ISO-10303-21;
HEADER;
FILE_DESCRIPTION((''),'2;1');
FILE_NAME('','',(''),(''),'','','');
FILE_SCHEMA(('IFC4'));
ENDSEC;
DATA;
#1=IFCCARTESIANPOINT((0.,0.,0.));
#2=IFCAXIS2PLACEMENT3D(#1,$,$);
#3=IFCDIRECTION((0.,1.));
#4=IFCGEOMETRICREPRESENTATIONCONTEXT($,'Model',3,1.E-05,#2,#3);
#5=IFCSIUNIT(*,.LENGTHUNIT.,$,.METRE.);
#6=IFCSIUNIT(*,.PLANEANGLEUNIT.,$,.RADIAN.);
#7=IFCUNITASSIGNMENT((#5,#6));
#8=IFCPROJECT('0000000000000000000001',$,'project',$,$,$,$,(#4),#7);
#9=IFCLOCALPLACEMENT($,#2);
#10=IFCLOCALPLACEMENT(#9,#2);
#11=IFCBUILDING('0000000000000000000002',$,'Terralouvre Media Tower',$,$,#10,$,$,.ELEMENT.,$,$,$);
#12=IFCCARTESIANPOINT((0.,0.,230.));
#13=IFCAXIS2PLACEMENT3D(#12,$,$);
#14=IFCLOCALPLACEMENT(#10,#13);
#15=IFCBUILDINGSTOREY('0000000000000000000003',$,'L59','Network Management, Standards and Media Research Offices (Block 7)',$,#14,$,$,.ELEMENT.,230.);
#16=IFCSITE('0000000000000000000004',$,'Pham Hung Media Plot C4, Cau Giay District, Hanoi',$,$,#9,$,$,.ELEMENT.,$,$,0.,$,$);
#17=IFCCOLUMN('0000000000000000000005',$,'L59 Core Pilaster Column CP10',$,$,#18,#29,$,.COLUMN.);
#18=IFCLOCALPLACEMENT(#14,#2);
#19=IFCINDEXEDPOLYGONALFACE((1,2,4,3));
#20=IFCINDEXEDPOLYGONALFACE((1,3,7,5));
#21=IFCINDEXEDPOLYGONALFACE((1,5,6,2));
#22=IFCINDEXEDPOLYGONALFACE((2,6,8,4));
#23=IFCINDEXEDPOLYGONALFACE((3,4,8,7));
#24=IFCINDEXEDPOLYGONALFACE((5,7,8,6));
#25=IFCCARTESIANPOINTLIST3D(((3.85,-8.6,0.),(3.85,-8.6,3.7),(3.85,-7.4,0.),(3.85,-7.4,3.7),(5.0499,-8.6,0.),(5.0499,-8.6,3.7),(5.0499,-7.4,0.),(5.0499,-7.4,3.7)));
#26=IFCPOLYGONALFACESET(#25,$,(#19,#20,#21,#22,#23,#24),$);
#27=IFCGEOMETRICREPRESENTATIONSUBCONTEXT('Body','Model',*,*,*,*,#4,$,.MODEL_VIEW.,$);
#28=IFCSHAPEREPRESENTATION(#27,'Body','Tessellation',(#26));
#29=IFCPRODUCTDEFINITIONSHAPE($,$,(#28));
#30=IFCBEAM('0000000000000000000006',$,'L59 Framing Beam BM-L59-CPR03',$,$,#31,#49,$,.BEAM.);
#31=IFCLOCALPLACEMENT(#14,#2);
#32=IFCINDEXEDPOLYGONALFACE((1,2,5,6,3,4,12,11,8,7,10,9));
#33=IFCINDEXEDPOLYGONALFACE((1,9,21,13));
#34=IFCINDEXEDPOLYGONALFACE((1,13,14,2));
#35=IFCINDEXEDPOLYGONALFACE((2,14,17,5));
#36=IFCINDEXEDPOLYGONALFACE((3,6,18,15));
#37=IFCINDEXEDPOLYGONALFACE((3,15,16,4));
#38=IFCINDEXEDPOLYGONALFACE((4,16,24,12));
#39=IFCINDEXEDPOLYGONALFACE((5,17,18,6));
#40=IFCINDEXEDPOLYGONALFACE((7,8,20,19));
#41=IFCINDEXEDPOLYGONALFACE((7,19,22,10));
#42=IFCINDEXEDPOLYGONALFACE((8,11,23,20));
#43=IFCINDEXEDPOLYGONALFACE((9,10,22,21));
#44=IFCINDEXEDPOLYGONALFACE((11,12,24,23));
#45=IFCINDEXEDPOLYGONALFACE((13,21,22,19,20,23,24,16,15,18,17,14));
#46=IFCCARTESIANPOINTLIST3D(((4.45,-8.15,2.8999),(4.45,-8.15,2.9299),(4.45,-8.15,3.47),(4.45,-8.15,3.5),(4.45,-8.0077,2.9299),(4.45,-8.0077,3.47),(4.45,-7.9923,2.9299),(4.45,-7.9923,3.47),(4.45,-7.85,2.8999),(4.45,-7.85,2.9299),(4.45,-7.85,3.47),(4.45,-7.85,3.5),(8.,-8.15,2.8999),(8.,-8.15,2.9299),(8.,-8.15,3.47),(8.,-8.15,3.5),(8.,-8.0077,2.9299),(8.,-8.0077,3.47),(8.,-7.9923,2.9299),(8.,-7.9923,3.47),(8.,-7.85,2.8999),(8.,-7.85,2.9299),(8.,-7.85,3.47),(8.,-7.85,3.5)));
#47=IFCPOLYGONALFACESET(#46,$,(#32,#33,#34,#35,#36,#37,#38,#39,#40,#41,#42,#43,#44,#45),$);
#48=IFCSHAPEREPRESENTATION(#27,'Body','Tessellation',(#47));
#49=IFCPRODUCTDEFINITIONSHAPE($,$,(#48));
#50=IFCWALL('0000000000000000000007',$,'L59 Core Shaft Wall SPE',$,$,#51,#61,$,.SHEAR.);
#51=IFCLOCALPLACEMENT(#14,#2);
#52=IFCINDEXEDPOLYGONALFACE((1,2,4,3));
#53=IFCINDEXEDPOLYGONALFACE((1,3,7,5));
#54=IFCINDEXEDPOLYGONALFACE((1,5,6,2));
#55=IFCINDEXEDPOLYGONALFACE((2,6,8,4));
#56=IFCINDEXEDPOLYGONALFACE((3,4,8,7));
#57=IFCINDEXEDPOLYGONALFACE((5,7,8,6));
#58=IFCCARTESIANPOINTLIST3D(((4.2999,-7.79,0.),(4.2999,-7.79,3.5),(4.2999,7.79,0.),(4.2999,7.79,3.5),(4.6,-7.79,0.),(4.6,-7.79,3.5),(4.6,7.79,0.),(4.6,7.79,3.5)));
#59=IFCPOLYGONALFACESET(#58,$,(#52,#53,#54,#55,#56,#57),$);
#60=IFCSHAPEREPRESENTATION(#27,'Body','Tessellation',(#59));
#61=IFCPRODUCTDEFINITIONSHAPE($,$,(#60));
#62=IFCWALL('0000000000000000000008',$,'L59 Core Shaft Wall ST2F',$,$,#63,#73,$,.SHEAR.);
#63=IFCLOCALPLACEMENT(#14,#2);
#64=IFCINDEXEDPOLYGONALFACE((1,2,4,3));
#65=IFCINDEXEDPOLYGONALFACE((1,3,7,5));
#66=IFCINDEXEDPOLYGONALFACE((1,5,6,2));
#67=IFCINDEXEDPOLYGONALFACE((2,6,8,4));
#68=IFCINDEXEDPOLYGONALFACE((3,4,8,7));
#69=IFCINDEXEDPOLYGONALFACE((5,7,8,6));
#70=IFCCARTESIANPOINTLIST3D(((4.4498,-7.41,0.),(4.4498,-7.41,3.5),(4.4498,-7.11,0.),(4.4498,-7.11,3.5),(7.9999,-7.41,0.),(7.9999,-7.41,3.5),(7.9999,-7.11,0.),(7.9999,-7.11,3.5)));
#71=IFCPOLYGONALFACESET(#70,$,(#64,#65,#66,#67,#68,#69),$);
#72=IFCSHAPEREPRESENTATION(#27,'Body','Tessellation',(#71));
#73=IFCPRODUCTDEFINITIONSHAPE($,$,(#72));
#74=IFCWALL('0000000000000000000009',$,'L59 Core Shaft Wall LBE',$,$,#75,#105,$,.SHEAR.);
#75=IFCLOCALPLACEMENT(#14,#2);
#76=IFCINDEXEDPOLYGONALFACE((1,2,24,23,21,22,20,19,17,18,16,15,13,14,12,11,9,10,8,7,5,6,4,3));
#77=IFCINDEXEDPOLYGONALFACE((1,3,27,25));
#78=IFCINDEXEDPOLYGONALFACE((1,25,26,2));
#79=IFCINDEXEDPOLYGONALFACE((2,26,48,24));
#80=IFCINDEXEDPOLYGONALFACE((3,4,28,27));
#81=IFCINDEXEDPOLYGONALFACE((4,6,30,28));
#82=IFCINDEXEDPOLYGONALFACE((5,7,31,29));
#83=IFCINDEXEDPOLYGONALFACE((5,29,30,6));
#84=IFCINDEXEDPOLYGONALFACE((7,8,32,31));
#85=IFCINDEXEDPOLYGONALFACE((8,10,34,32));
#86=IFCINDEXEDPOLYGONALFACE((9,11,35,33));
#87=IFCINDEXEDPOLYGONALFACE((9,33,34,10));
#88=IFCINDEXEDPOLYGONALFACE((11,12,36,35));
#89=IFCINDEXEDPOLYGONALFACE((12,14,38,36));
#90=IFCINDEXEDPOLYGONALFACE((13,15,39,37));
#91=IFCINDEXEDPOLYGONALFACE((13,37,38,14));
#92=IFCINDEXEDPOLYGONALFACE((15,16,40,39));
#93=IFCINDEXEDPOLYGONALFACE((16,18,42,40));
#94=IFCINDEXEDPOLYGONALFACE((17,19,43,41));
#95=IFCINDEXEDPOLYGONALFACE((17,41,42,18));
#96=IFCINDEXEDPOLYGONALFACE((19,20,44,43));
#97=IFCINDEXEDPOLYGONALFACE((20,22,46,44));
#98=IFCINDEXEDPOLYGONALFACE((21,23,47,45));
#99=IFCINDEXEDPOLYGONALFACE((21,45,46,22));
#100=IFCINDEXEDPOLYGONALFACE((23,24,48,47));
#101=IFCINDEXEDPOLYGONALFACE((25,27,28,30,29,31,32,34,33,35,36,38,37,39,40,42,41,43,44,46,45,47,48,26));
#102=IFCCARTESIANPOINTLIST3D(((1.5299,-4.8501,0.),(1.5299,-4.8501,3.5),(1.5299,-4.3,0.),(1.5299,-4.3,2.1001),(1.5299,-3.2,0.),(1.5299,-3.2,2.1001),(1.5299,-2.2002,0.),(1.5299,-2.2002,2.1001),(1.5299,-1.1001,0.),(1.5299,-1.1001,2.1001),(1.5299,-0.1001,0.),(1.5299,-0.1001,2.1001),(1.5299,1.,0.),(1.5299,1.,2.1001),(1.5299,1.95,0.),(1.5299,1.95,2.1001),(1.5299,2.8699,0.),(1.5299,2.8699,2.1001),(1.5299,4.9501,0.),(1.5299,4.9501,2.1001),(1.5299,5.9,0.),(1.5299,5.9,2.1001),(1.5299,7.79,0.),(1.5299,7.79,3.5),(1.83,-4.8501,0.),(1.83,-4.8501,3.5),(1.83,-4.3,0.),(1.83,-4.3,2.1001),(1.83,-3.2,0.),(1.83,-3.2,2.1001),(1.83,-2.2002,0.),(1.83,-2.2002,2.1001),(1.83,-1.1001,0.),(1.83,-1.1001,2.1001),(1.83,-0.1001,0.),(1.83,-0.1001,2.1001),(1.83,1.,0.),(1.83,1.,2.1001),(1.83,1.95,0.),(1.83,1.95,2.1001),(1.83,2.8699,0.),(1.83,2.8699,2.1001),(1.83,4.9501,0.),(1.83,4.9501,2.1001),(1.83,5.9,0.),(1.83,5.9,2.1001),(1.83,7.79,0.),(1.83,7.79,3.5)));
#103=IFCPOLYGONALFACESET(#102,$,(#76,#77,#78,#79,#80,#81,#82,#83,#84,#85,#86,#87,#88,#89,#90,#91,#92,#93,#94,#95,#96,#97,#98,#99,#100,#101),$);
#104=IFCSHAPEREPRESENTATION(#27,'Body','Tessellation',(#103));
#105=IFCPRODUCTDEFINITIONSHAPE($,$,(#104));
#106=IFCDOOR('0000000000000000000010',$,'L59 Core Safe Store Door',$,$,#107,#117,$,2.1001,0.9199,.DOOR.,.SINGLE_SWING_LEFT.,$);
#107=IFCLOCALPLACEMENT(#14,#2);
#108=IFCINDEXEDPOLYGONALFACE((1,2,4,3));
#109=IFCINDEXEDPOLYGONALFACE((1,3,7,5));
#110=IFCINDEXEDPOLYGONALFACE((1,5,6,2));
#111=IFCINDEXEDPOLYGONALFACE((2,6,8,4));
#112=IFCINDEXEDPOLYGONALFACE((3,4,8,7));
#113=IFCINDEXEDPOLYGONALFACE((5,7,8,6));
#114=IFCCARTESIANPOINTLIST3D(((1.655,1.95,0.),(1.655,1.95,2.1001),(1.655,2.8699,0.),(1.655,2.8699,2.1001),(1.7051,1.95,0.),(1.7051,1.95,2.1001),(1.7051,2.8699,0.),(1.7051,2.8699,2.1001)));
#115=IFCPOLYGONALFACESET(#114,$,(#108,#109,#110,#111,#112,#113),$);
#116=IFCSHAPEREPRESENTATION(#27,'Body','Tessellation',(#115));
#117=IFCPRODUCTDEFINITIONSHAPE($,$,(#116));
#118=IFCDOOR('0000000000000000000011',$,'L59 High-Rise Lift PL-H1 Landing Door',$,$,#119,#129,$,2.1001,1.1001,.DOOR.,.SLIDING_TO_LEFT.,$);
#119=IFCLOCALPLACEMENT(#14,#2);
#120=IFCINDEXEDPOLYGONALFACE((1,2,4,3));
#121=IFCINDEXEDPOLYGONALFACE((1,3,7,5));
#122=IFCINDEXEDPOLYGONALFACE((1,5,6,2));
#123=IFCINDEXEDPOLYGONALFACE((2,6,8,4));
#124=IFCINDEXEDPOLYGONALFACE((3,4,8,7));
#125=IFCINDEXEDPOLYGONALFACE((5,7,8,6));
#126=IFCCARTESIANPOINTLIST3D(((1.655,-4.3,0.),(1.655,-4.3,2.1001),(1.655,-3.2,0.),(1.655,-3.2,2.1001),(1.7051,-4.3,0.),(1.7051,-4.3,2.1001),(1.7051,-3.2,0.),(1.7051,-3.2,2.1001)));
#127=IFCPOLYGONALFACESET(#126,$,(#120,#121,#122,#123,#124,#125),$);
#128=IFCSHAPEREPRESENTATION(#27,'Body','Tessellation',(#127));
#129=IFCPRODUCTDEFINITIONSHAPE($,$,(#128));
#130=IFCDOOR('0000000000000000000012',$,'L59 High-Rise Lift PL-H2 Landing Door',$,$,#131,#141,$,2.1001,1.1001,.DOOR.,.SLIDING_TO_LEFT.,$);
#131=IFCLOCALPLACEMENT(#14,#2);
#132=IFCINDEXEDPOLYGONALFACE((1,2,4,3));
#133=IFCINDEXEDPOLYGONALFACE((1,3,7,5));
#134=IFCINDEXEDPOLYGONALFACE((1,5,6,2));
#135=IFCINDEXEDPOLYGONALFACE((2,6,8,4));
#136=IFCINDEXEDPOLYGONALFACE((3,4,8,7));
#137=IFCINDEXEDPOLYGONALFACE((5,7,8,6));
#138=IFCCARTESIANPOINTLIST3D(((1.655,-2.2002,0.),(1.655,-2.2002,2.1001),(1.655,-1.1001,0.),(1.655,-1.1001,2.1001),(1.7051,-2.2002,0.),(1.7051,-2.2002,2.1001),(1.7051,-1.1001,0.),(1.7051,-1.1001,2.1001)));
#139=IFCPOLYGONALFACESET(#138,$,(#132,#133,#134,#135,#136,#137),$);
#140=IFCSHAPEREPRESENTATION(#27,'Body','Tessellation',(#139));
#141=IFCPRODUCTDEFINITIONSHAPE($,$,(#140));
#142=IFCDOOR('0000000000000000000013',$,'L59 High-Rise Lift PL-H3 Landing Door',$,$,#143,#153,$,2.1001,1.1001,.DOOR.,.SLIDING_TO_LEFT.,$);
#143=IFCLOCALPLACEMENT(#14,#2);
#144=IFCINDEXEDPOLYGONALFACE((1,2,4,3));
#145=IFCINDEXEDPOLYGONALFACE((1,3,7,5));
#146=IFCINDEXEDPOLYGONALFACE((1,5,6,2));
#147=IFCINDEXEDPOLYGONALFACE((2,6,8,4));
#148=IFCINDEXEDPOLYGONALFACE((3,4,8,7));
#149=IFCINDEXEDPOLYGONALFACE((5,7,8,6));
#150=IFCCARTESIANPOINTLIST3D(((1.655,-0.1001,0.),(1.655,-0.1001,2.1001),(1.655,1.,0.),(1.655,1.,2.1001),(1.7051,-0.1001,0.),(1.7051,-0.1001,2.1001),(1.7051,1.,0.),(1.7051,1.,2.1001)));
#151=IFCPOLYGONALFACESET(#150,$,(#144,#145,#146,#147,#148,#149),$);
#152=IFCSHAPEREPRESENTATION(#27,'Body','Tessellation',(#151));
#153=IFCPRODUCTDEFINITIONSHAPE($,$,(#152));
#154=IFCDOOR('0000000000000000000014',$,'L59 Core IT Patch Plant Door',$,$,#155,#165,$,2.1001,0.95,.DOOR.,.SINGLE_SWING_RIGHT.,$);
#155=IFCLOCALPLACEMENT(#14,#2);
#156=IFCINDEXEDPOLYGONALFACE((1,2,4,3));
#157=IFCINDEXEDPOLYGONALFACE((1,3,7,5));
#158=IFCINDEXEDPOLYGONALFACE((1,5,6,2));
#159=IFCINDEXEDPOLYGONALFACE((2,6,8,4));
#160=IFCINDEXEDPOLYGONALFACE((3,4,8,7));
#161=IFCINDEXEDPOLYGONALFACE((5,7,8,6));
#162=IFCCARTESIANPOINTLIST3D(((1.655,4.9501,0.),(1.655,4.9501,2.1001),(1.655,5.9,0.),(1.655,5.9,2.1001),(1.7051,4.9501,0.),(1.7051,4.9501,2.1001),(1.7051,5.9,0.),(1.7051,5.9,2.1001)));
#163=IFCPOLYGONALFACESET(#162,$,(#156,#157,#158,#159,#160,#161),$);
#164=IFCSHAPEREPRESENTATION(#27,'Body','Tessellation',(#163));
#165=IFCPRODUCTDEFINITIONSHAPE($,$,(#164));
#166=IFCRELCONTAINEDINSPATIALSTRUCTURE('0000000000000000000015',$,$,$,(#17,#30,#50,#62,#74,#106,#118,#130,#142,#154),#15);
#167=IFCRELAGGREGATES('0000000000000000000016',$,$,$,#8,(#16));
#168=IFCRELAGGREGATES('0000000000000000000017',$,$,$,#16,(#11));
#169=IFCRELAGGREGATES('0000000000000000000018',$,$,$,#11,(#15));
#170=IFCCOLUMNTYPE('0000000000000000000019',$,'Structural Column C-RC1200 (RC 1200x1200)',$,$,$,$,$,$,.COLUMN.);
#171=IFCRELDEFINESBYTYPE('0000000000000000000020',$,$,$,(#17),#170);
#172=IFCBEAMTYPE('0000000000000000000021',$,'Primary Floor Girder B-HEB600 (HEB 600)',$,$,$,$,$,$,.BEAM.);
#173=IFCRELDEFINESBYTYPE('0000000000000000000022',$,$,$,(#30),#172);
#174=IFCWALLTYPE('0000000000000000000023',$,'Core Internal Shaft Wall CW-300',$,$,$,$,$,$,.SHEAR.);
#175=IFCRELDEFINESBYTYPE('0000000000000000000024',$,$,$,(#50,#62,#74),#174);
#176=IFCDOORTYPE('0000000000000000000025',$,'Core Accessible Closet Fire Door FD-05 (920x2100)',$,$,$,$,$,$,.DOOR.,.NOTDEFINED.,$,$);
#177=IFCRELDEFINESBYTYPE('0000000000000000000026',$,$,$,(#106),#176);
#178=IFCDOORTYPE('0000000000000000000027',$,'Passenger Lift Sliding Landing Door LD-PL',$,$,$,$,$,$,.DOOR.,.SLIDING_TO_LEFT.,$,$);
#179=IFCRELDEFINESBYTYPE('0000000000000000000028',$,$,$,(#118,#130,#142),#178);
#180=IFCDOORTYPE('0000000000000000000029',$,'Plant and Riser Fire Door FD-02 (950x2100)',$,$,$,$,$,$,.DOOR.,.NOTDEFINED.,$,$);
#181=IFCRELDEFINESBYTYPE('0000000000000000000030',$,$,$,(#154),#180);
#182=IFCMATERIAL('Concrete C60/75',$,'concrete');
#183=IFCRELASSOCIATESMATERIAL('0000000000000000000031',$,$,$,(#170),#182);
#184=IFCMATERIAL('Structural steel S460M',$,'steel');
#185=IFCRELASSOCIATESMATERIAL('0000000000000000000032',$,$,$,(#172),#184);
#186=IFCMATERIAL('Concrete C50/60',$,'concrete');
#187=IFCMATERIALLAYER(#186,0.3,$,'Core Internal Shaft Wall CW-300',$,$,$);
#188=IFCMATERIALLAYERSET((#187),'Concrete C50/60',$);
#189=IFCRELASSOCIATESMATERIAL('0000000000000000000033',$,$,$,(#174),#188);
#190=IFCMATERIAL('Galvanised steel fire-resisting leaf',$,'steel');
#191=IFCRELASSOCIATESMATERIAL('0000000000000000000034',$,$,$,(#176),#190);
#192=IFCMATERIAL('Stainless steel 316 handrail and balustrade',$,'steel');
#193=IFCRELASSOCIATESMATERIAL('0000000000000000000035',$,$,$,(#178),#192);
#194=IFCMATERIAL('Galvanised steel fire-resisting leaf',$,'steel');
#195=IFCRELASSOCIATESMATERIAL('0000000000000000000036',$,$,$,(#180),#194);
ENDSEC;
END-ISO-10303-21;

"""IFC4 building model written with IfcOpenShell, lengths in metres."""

from ifc_helpers import new_model, si_unit, direction, frame, frame_2d, origin, origin_2d, place, context, subcontext, project, spatial, rectangle, i_section, extrude, material, layer, layer_set, material_profile, profile_set, type_object, element, fill, save


model = new_model("IFC4")

# Units and contexts
model_context = context("Model", 3, precision=1e-05, world=origin(), true_north=direction((0.0, 1.0)))
body_context = subcontext(model_context, "Body", "Model", "MODEL_VIEW")
ifc_project = project(units=[si_unit("LENGTHUNIT", "METRE"), si_unit("PLANEANGLEUNIT", "RADIAN")], contexts=[model_context])

# Site, building, storey
site_placement = place(None, origin())
site = spatial("IfcSite", under=ifc_project, at=site_placement, Name="Pham Hung Media Plot C4, Cau Giay District, Hanoi", CompositionType="ELEMENT", RefElevation=0.0)
building_placement = place(site_placement, origin())
building = spatial("IfcBuilding", under=site, at=building_placement, Name="Terralouvre Media Tower", CompositionType="ELEMENT")
storey_placement = place(building_placement, frame((0.0, 0.0, 230.0)))
storey = spatial("IfcBuildingStorey", under=building, at=storey_placement, Name="L59", Description="Network Management, Standards and Media Research Offices (Block 7)", CompositionType="ELEMENT", Elevation=230.0)

# Column
ifc_material_1 = material(Name="Concrete C60/75", Category="concrete")
ifc_material_profile_1 = material_profile(ifc_material_1, rectangle(XDim=1.2, YDim=1.2, at=origin_2d()), Name="RC 1200x1200")
ifc_profile_set_1 = profile_set([ifc_material_profile_1], Name="Concrete C60/75")
column_type = type_object("IfcColumnType", Name="Structural Column C-RC1200 (RC 1200x1200)", PredefinedType="COLUMN", material=ifc_profile_set_1)
column_placement = place(storey_placement, frame((4.45, -8.0, 0.0), z_axis=(0.0, 0.0, 1.0), x_axis=(1.0, 0.0, 0.0)))
element("IfcColumn", 1, at=column_placement, inside=storey, type_object=column_type, Name="L59 Core Pilaster Column CP10", PredefinedType="COLUMN", context=body_context, shape_type="SweptSolid", body=[
    extrude(rectangle(XDim=1.2, YDim=1.2, at=origin_2d()), origin(), (0.0, 0.0, 1.0), 3.7),
])

# Beam
ifc_material_2 = material(Name="Structural steel S460M", Category="steel")
ifc_material_profile_2 = material_profile(ifc_material_2, i_section(OverallWidth=0.3, OverallDepth=0.6001, WebThickness=0.0154, FlangeThickness=0.03, at=origin_2d()), Name="HEB 600")
ifc_profile_set_2 = profile_set([ifc_material_profile_2], Name="Structural steel S460M")
beam_type = type_object("IfcBeamType", Name="Primary Floor Girder B-HEB600 (HEB 600)", PredefinedType="BEAM", material=ifc_profile_set_2)
beam_placement = place(storey_placement, frame((4.45, -8.0, 3.2), z_axis=(1.0, 0.0, 0.0), x_axis=(0.0, 1.0, 0.0)))
element("IfcBeam", 2, at=beam_placement, inside=storey, type_object=beam_type, Name="L59 Framing Beam BM-L59-CPR03", PredefinedType="BEAM", context=body_context, shape_type="SweptSolid", body=[
    extrude(i_section(OverallWidth=0.3, OverallDepth=0.6001, WebThickness=0.0154, FlangeThickness=0.03, at=origin_2d()), origin(), (0.0, 0.0, 1.0), 3.55),
])

# Wall
ifc_material_3 = material(Name="Concrete C50/60", Category="concrete")
ifc_layer_1 = layer(ifc_material_3, 0.3, Name="Core Internal Shaft Wall CW-300")
ifc_layer_set_1 = layer_set([ifc_layer_1], Name="Concrete C50/60")
wall_type = type_object("IfcWallType", Name="Core Internal Shaft Wall CW-300", PredefinedType="SHEAR", material=ifc_layer_set_1)
wall_1_placement = place(storey_placement, frame((4.45, -7.79, 0.0), z_axis=(0.0, 0.0, 1.0), x_axis=(0.0, 1.0, 0.0)))
element("IfcWall", 3, at=wall_1_placement, inside=storey, type_object=wall_type, Name="L59 Core Shaft Wall SPE", PredefinedType="SHEAR", context=body_context, shape_type="SweptSolid", body=[
    extrude(rectangle(XDim=15.5801, YDim=0.3, at=frame_2d((7.79, 0.0))), origin(), (0.0, 0.0, 1.0), 3.5),
])

# Wall
wall_2_placement = place(storey_placement, frame((4.45, -7.26, 0.0), z_axis=(0.0, 0.0, 1.0), x_axis=(1.0, 0.0, 0.0)))
element("IfcWall", 4, at=wall_2_placement, inside=storey, type_object=wall_type, Name="L59 Core Shaft Wall ST2F", PredefinedType="SHEAR", context=body_context, shape_type="SweptSolid", body=[
    extrude(rectangle(XDim=3.55, YDim=0.3, at=frame_2d((1.7749, 0.0))), origin(), (0.0, 0.0, 1.0), 3.5),
])

# Wall, openings, doors
wall_3_placement = place(storey_placement, frame((1.6799, -4.8501, 0.0), z_axis=(0.0, 0.0, 1.0), x_axis=(0.0, 1.0, 0.0)))
wall_3 = element("IfcWall", 5, at=wall_3_placement, inside=storey, type_object=wall_type, Name="L59 Core Shaft Wall LBE", PredefinedType="SHEAR", context=body_context, shape_type="SweptSolid", body=[
    extrude(rectangle(XDim=12.6401, YDim=0.3, at=frame_2d((6.3201, 0.0))), origin(), (0.0, 0.0, 1.0), 3.5),
])
opening_1_placement = place(wall_3_placement, frame((0.55, 0.0, 0.0)))
opening_1 = element("IfcOpeningElement", 6, at=opening_1_placement, cuts=wall_3, PredefinedType="OPENING", context=body_context, shape_type="SweptSolid", body=[
    extrude(rectangle(XDim=1.1001, YDim=2.1001, at=frame_2d((0.55, 1.05))), frame((0.0, 0.1599, 0.0), z_axis=(0.0, -1.0, 0.0), x_axis=(1.0, 0.0, 0.0)), (0.0, 0.0, 1.0), 0.3201),
])
opening_2_placement = place(wall_3_placement, frame((2.6499, 0.0, 0.0)))
opening_2 = element("IfcOpeningElement", 7, at=opening_2_placement, cuts=wall_3, PredefinedType="OPENING", context=body_context, shape_type="SweptSolid", body=[
    extrude(rectangle(XDim=1.1001, YDim=2.1001, at=frame_2d((0.55, 1.05))), frame((0.0, 0.1599, 0.0), z_axis=(0.0, -1.0, 0.0), x_axis=(1.0, 0.0, 0.0)), (0.0, 0.0, 1.0), 0.3201),
])
opening_3_placement = place(wall_3_placement, frame((4.75, 0.0, 0.0)))
opening_3 = element("IfcOpeningElement", 8, at=opening_3_placement, cuts=wall_3, PredefinedType="OPENING", context=body_context, shape_type="SweptSolid", body=[
    extrude(rectangle(XDim=1.1001, YDim=2.1001, at=frame_2d((0.55, 1.05))), frame((0.0, 0.1599, 0.0), z_axis=(0.0, -1.0, 0.0), x_axis=(1.0, 0.0, 0.0)), (0.0, 0.0, 1.0), 0.3201),
])
opening_4_placement = place(wall_3_placement, frame((6.8, 0.0, 0.0)))
opening_4 = element("IfcOpeningElement", 9, at=opening_4_placement, cuts=wall_3, PredefinedType="OPENING", context=body_context, shape_type="SweptSolid", body=[
    extrude(rectangle(XDim=0.9199, YDim=2.1001, at=frame_2d((0.46, 1.05))), frame((0.0, 0.1599, 0.0), z_axis=(0.0, -1.0, 0.0), x_axis=(1.0, 0.0, 0.0)), (0.0, 0.0, 1.0), 0.3201),
])
opening_5_placement = place(wall_3_placement, frame((9.8, 0.0, 0.0)))
opening_5 = element("IfcOpeningElement", 10, at=opening_5_placement, cuts=wall_3, PredefinedType="OPENING", context=body_context, shape_type="SweptSolid", body=[
    extrude(rectangle(XDim=0.95, YDim=2.1001, at=frame_2d((0.4751, 1.05))), frame((0.0, 0.1599, 0.0), z_axis=(0.0, -1.0, 0.0), x_axis=(1.0, 0.0, 0.0)), (0.0, 0.0, 1.0), 0.3201),
])
ifc_material_4 = material(Name="Galvanised steel fire-resisting leaf", Category="steel")
door_type_1 = type_object("IfcDoorType", Name="Core Accessible Closet Fire Door FD-05 (920x2100)", OperationType="NOTDEFINED", PredefinedType="DOOR", material=ifc_material_4)
door_1_placement = place(opening_4_placement, origin())
door_1 = element("IfcDoor", 11, at=door_1_placement, inside=storey, type_object=door_type_1, Name="L59 Core Safe Store Door", OperationType="SINGLE_SWING_LEFT", OverallHeight=2.1001, OverallWidth=0.9199, PredefinedType="DOOR", context=body_context, shape_type="SweptSolid", body=[
    extrude(rectangle(XDim=0.9199, YDim=2.1001, at=frame_2d((0.46, 1.05))), frame((0.0, 0.0249, 0.0), z_axis=(0.0, -1.0, 0.0), x_axis=(1.0, 0.0, 0.0)), (0.0, 0.0, 1.0), 0.05),
])
fill(opening_4, door_1)
ifc_material_5 = material(Name="Stainless steel 316 handrail and balustrade", Category="steel")
door_type_2 = type_object("IfcDoorType", Name="Passenger Lift Sliding Landing Door LD-PL", OperationType="SLIDING_TO_LEFT", PredefinedType="DOOR", material=ifc_material_5)
door_2_placement = place(opening_1_placement, origin())
door_2 = element("IfcDoor", 12, at=door_2_placement, inside=storey, type_object=door_type_2, Name="L59 High-Rise Lift PL-H1 Landing Door", OperationType="SLIDING_TO_LEFT", OverallHeight=2.1001, OverallWidth=1.1001, PredefinedType="DOOR", context=body_context, shape_type="SweptSolid", body=[
    extrude(rectangle(XDim=1.1001, YDim=2.1001, at=frame_2d((0.55, 1.05))), frame((0.0, 0.0249, 0.0), z_axis=(0.0, -1.0, 0.0), x_axis=(1.0, 0.0, 0.0)), (0.0, 0.0, 1.0), 0.05),
])
fill(opening_1, door_2)
door_3_placement = place(opening_2_placement, origin())
door_3 = element("IfcDoor", 13, at=door_3_placement, inside=storey, type_object=door_type_2, Name="L59 High-Rise Lift PL-H2 Landing Door", OperationType="SLIDING_TO_LEFT", OverallHeight=2.1001, OverallWidth=1.1001, PredefinedType="DOOR", context=body_context, shape_type="SweptSolid", body=[
    extrude(rectangle(XDim=1.1001, YDim=2.1001, at=frame_2d((0.55, 1.05))), frame((0.0, 0.0249, 0.0), z_axis=(0.0, -1.0, 0.0), x_axis=(1.0, 0.0, 0.0)), (0.0, 0.0, 1.0), 0.05),
])
fill(opening_2, door_3)
door_4_placement = place(opening_3_placement, origin())
door_4 = element("IfcDoor", 14, at=door_4_placement, inside=storey, type_object=door_type_2, Name="L59 High-Rise Lift PL-H3 Landing Door", OperationType="SLIDING_TO_LEFT", OverallHeight=2.1001, OverallWidth=1.1001, PredefinedType="DOOR", context=body_context, shape_type="SweptSolid", body=[
    extrude(rectangle(XDim=1.1001, YDim=2.1001, at=frame_2d((0.55, 1.05))), frame((0.0, 0.0249, 0.0), z_axis=(0.0, -1.0, 0.0), x_axis=(1.0, 0.0, 0.0)), (0.0, 0.0, 1.0), 0.05),
])
fill(opening_3, door_4)
ifc_material_6 = material(Name="Galvanised steel fire-resisting leaf", Category="steel")
door_type_3 = type_object("IfcDoorType", Name="Plant and Riser Fire Door FD-02 (950x2100)", OperationType="NOTDEFINED", PredefinedType="DOOR", material=ifc_material_6)
door_5_placement = place(opening_5_placement, origin())
door_5 = element("IfcDoor", 15, at=door_5_placement, inside=storey, type_object=door_type_3, Name="L59 Core IT Patch Plant Door", OperationType="SINGLE_SWING_RIGHT", OverallHeight=2.1001, OverallWidth=0.95, PredefinedType="DOOR", context=body_context, shape_type="SweptSolid", body=[
    extrude(rectangle(XDim=0.95, YDim=2.1001, at=frame_2d((0.4751, 1.05))), frame((0.0, 0.0249, 0.0), z_axis=(0.0, -1.0, 0.0), x_axis=(1.0, 0.0, 0.0)), (0.0, 0.0, 1.0), 0.05),
])
fill(opening_5, door_5)

save(model, "model.ifc")
